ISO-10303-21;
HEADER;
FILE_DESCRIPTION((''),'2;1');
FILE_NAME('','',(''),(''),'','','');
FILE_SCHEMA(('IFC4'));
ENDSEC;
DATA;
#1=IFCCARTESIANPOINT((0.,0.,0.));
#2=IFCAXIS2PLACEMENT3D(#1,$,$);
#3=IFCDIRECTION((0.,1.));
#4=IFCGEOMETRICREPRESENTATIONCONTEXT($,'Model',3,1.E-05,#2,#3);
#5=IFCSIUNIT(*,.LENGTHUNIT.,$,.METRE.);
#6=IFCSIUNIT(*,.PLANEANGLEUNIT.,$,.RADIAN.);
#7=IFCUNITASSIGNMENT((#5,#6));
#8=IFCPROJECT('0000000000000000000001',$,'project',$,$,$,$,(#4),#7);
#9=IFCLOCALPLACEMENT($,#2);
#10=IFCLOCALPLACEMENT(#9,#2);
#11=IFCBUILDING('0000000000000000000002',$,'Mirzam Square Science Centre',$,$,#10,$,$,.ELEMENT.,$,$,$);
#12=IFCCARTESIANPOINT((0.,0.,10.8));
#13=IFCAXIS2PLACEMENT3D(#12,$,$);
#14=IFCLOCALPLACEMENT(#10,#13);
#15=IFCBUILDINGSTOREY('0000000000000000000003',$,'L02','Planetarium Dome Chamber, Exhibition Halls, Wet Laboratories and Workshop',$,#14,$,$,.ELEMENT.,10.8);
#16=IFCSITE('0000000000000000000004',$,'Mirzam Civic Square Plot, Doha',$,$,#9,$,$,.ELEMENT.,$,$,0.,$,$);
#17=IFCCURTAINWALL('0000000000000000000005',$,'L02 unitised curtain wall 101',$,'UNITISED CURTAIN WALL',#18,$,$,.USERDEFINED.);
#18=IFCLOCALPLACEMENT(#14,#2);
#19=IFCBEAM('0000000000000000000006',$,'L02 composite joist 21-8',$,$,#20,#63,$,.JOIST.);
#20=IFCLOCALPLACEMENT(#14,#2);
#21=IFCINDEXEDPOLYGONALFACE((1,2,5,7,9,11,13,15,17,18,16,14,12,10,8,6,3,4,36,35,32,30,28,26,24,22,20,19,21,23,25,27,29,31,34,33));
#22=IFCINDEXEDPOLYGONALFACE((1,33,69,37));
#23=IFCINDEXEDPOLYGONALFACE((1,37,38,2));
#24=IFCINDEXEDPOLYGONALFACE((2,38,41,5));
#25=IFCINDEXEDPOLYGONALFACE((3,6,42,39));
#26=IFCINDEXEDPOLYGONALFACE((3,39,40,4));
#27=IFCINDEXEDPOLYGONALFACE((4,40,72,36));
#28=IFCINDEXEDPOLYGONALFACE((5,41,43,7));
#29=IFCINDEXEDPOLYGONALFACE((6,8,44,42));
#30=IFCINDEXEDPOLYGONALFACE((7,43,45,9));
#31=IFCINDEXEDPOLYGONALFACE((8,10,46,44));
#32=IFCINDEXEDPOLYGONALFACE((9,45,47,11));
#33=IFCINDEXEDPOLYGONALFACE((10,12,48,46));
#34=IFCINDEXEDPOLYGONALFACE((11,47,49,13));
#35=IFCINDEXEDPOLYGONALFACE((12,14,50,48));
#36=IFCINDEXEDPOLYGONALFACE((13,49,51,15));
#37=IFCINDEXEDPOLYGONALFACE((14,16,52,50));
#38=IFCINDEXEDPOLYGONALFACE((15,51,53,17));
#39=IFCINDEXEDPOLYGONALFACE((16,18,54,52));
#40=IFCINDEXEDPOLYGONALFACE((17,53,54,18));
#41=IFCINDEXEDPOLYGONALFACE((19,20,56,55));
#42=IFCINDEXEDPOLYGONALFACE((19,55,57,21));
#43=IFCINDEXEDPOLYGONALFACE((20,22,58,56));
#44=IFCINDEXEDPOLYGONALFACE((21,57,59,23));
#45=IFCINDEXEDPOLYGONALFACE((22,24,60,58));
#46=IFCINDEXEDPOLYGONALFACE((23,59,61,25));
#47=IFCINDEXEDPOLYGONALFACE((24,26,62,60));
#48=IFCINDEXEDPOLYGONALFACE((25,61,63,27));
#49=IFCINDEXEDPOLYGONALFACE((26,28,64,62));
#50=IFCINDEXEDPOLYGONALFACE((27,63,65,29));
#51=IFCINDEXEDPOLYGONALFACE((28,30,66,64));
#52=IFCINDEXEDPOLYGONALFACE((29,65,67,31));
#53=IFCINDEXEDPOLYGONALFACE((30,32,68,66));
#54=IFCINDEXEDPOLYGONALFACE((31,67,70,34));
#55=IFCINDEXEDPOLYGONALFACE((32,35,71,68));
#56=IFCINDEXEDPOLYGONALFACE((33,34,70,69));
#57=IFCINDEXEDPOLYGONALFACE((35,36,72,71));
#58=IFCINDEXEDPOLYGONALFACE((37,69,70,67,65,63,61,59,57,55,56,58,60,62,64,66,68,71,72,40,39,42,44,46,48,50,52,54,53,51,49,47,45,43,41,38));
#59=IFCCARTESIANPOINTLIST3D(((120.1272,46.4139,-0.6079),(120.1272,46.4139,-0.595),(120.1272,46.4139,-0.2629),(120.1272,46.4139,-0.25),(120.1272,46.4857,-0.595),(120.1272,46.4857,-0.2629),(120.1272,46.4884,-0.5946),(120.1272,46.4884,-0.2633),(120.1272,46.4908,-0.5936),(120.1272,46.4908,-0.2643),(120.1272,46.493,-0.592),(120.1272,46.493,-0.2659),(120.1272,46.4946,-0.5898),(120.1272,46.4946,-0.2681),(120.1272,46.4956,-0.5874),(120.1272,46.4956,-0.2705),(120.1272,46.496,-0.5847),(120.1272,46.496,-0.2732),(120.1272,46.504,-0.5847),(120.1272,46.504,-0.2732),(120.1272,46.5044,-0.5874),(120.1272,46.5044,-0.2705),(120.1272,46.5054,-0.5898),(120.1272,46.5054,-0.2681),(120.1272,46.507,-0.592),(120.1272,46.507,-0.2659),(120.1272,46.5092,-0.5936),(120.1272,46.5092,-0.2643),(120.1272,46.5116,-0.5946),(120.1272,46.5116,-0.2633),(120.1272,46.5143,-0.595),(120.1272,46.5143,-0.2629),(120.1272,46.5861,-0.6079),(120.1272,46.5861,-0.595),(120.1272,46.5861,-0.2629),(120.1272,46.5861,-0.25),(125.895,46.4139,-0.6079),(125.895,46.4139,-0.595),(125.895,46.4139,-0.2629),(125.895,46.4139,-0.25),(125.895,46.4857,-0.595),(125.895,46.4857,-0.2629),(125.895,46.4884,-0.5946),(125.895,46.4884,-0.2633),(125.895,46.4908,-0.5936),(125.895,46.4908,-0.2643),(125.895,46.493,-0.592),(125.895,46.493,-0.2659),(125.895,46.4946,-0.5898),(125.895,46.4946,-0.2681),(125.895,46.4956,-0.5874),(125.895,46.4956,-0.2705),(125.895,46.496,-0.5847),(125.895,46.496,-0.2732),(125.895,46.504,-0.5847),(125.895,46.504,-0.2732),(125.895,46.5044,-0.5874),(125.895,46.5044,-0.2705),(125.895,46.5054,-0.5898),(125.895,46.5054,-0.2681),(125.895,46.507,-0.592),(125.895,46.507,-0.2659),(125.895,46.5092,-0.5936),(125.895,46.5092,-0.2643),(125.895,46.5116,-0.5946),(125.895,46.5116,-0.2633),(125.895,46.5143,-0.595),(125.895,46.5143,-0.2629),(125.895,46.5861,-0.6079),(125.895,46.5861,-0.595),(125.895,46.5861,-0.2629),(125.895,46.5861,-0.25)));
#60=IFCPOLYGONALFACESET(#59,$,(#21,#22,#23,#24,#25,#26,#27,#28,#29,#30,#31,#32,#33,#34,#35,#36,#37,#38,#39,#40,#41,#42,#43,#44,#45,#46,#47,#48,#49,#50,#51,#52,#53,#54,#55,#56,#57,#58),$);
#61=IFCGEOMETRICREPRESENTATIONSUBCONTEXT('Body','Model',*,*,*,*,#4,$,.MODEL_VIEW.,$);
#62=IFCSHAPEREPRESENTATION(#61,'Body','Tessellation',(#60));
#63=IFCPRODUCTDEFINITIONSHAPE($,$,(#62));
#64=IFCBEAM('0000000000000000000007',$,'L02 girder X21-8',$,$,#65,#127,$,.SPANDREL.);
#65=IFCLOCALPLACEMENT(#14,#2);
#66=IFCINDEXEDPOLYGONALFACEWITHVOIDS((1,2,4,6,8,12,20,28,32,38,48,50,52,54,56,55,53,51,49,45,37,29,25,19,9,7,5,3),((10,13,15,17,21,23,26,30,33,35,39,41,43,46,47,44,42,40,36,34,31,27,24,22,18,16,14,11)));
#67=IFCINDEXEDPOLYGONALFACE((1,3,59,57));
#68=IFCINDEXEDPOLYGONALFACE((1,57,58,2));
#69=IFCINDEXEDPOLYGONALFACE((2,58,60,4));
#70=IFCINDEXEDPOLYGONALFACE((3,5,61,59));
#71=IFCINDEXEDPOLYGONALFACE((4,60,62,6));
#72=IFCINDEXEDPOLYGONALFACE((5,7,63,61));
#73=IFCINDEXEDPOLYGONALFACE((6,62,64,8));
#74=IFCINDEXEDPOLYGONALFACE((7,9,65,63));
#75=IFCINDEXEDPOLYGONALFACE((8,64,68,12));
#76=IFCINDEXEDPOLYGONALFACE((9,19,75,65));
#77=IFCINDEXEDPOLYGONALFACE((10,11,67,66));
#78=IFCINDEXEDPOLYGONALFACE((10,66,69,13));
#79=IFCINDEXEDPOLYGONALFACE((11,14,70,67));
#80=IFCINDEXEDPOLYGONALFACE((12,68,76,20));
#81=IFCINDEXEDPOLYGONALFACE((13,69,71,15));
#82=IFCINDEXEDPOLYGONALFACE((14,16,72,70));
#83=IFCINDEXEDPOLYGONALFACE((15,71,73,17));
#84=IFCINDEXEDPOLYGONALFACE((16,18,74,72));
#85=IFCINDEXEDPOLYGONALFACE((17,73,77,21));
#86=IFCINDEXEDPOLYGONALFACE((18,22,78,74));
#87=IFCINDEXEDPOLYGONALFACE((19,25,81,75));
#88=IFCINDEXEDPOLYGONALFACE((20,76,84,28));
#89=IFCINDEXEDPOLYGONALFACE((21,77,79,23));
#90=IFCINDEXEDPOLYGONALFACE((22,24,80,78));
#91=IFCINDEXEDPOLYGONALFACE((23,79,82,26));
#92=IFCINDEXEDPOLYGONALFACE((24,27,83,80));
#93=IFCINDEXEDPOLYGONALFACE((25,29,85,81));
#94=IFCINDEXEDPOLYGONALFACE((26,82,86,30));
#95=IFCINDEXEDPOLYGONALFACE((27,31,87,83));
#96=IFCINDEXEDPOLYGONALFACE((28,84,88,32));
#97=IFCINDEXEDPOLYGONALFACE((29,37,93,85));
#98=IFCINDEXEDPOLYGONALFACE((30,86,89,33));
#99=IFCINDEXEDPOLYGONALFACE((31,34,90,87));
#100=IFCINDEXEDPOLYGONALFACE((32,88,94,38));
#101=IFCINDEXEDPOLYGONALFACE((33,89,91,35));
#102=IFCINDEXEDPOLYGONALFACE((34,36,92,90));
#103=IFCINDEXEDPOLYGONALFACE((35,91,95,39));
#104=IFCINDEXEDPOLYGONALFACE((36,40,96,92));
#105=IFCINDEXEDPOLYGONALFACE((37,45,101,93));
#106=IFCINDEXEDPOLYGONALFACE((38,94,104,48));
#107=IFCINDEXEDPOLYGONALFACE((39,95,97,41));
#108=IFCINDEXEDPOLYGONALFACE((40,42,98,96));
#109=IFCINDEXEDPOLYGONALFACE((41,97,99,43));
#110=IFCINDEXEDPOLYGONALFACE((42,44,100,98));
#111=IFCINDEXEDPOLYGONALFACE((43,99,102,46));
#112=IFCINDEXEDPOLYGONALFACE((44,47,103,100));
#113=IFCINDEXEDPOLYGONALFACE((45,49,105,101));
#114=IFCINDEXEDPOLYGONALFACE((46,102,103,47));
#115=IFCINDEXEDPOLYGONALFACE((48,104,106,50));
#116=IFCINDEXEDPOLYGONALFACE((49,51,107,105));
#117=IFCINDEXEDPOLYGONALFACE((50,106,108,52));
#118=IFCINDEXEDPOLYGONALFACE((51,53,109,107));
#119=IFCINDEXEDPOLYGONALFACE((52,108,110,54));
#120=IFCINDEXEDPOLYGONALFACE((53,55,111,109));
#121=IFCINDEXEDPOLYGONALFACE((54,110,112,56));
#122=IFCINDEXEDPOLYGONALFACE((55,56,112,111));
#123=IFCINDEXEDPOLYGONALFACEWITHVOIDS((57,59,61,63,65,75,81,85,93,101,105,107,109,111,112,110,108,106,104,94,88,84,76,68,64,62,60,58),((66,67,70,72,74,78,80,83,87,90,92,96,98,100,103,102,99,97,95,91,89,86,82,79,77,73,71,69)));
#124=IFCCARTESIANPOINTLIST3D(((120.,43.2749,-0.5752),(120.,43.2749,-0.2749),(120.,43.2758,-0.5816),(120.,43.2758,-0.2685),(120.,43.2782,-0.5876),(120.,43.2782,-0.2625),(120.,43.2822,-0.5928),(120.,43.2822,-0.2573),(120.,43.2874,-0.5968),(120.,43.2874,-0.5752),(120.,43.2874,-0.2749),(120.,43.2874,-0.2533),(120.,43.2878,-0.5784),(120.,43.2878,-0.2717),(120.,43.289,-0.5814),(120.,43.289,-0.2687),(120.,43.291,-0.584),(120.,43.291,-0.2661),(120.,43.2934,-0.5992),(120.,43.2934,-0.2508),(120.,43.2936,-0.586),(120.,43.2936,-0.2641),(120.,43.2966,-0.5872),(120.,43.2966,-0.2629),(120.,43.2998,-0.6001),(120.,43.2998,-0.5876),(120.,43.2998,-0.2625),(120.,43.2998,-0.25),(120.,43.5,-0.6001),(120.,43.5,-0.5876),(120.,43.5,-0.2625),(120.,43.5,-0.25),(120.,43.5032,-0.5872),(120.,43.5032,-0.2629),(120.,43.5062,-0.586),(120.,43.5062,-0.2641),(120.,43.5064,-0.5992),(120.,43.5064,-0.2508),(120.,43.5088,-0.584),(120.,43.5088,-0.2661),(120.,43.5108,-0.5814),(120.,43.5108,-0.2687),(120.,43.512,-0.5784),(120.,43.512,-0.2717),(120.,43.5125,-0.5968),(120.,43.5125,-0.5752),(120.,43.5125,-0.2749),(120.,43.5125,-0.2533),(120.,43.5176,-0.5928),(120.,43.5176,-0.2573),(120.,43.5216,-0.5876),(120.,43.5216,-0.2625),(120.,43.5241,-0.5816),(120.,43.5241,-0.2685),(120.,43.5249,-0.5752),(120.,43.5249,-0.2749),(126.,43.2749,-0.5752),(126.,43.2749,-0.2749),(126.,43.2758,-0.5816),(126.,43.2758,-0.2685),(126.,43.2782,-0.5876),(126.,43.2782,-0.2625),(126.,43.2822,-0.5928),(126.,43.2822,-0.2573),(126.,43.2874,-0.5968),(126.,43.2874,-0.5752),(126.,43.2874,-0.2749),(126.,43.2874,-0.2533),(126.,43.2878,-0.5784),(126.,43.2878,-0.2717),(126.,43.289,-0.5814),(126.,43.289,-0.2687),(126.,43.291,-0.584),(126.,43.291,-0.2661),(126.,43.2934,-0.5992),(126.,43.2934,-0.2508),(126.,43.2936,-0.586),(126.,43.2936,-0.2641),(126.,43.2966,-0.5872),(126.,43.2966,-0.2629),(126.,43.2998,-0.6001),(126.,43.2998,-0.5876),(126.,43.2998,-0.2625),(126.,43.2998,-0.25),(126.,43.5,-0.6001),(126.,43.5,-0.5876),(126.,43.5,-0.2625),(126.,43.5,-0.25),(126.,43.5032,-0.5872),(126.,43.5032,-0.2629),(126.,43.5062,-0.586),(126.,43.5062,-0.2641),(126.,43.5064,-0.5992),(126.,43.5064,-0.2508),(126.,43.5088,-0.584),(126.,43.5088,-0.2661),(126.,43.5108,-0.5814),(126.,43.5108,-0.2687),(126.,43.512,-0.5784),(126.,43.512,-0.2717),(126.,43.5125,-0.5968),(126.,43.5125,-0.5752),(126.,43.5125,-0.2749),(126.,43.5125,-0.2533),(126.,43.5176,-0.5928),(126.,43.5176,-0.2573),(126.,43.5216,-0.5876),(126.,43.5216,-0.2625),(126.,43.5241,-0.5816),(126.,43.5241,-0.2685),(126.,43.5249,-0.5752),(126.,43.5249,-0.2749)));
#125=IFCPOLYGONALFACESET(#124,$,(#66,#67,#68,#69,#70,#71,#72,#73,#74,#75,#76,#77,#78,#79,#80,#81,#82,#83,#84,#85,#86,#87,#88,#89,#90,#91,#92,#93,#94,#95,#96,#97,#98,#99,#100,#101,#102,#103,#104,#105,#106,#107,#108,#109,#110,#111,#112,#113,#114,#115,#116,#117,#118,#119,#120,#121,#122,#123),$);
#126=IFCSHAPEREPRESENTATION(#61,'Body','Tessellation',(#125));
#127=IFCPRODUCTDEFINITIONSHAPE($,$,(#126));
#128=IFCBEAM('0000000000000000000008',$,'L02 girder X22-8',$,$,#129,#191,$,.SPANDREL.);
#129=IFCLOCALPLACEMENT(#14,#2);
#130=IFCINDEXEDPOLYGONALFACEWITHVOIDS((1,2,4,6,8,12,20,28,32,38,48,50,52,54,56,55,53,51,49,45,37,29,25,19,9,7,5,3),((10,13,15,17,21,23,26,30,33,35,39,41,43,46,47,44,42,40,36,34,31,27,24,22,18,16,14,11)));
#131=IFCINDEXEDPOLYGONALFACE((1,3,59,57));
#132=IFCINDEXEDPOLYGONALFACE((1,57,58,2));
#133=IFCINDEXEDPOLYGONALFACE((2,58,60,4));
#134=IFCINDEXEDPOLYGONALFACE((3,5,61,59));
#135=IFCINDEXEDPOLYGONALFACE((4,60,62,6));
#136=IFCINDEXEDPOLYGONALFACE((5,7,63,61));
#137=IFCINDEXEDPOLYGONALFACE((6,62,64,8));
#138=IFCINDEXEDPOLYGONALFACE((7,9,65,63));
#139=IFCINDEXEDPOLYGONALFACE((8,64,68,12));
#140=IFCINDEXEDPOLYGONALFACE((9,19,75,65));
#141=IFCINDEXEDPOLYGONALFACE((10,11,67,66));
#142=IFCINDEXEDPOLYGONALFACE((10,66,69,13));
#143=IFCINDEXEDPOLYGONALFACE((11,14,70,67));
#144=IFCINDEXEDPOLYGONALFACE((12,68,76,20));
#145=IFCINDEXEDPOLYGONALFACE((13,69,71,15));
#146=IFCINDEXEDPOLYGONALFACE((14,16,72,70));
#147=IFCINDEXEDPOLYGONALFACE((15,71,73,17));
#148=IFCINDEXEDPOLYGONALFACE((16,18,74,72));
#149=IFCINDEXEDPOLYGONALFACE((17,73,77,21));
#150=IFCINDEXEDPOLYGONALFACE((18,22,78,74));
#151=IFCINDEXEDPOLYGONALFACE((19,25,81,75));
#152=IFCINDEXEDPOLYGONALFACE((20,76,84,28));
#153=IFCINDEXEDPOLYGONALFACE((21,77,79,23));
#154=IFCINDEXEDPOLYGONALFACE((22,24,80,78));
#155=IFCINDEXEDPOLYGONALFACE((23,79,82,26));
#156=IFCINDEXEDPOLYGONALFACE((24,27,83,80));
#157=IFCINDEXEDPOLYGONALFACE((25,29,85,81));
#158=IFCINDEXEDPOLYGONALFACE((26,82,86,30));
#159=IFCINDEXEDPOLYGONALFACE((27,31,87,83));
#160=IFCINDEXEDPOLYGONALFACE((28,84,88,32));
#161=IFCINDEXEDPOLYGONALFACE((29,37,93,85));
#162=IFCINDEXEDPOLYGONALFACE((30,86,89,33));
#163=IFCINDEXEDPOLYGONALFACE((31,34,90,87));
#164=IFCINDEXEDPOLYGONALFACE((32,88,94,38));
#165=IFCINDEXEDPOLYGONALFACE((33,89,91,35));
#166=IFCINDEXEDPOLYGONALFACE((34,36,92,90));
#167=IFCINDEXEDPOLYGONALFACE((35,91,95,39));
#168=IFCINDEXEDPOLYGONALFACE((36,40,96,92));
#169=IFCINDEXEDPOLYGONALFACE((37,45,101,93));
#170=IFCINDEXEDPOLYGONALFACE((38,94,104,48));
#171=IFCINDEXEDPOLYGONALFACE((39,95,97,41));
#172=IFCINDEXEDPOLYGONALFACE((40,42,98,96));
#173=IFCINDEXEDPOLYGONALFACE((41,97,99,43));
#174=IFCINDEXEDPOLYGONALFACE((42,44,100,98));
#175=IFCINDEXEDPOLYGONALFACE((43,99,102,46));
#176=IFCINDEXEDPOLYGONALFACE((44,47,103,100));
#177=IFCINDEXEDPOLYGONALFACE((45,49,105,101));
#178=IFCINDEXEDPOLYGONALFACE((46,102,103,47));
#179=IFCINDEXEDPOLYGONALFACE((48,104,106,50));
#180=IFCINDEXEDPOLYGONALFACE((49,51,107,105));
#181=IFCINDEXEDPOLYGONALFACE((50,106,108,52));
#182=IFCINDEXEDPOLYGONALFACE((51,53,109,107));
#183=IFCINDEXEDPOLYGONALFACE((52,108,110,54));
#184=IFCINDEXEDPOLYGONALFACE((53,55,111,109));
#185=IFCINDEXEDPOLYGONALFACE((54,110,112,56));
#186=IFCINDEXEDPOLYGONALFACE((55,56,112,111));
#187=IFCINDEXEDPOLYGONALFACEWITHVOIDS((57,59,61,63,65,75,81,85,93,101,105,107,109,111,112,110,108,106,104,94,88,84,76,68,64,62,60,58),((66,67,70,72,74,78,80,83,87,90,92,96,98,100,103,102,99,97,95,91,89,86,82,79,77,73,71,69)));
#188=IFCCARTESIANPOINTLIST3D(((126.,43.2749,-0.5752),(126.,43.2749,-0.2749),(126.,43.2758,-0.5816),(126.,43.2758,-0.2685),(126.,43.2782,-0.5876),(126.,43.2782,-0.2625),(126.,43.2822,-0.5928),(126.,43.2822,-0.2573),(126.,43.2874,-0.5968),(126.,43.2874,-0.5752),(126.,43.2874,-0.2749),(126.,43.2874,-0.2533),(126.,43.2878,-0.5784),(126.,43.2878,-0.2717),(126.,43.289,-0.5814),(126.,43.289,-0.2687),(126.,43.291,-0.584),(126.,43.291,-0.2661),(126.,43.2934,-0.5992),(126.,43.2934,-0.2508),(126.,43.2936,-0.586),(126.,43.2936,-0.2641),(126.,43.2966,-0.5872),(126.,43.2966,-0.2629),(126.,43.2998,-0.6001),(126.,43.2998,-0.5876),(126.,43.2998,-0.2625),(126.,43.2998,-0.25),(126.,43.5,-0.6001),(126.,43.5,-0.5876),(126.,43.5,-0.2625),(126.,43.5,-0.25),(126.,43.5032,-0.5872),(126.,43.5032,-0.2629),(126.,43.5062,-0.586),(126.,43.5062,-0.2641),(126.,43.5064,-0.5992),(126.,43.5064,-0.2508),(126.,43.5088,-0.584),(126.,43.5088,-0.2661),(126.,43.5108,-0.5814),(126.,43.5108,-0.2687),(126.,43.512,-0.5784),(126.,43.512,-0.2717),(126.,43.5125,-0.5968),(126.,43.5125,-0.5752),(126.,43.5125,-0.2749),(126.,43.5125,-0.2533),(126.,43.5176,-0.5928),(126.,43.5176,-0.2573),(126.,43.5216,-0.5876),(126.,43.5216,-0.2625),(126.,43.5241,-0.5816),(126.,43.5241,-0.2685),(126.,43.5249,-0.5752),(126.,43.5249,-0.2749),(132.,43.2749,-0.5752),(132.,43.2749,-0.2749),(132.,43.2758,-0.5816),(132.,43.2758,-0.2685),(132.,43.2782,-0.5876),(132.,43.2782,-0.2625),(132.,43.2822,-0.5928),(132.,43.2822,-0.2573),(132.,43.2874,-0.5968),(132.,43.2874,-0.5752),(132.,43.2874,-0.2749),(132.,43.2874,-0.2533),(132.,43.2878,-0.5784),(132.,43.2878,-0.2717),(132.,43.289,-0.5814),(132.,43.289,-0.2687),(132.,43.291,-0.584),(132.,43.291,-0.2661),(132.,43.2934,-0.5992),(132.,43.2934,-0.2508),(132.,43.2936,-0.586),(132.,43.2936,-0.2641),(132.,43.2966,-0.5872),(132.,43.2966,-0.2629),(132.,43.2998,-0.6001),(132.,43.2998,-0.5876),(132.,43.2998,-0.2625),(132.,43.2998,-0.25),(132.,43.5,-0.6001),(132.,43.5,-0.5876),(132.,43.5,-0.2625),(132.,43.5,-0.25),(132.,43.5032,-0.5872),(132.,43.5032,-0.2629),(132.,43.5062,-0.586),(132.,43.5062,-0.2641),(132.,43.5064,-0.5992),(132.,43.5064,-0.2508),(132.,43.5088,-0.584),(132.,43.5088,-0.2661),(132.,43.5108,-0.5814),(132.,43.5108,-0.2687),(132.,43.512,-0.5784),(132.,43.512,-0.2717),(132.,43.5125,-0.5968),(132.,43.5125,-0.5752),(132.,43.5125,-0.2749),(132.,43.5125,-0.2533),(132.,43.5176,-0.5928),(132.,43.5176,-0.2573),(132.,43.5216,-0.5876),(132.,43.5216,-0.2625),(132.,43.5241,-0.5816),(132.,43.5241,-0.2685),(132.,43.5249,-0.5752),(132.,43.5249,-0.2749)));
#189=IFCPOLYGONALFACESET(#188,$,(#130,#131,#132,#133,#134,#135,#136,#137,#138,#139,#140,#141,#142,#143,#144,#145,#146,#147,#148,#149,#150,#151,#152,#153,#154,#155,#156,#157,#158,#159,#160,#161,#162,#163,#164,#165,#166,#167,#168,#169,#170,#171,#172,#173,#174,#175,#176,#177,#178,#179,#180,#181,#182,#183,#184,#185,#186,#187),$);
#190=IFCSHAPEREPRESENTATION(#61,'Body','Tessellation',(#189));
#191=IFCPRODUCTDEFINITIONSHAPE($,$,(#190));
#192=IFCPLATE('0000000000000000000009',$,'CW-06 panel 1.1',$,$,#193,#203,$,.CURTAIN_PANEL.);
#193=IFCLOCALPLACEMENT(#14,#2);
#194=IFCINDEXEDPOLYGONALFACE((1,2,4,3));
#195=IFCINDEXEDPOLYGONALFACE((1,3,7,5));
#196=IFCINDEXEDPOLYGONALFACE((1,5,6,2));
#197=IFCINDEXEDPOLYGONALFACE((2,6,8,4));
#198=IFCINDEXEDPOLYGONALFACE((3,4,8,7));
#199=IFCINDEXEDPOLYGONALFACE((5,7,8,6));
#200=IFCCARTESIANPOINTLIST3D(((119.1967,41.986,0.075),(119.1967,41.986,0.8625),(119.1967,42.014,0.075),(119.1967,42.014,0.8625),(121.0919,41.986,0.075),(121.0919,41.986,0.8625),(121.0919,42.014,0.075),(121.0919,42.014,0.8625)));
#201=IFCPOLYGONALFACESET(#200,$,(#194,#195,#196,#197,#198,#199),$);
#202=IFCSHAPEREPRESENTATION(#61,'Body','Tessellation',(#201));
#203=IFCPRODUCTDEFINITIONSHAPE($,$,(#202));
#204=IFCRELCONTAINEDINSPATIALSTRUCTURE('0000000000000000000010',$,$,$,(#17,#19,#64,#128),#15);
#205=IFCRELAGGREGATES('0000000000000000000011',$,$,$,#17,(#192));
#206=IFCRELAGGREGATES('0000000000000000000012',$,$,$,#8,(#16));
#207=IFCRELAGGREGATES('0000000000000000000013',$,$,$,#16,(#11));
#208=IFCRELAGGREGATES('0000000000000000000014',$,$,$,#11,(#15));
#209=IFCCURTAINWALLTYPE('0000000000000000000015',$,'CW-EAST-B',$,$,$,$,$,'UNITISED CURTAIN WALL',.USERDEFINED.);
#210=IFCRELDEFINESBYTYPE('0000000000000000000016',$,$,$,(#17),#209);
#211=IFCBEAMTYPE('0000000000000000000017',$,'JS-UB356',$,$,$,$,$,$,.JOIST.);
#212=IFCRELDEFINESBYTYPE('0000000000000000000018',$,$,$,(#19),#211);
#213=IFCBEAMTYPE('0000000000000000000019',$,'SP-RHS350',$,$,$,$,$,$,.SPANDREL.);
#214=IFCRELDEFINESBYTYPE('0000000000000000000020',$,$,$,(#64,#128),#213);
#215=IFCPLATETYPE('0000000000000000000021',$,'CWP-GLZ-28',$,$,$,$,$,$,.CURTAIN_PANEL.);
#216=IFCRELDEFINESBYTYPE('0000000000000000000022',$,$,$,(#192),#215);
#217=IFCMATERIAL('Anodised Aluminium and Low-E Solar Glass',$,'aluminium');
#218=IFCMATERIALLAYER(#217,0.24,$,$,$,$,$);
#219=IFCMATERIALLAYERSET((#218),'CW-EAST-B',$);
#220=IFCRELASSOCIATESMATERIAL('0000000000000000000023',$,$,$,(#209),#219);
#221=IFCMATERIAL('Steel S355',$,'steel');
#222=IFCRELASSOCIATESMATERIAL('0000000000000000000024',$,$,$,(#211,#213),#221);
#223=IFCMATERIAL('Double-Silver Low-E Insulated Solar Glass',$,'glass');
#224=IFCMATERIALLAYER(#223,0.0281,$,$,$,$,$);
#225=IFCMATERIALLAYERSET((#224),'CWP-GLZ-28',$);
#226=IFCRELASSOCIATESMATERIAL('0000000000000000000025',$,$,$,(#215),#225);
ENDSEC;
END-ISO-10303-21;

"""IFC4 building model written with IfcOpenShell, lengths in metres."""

from ifc_helpers import new_model, si_unit, direction, frame, origin, origin_2d, place, context, subcontext, project, spatial, rectangle, hollow_rectangle, i_section, extrude, material, layer, layer_set, material_profile, profile_set, type_object, element, aggregate, save


model = new_model("IFC4")

# Units and contexts
model_context = context("Model", 3, precision=1e-05, world=origin(), true_north=direction((0.0, 1.0)))
body_context = subcontext(model_context, "Body", "Model", "MODEL_VIEW")
ifc_project = project(units=[si_unit("LENGTHUNIT", "METRE"), si_unit("PLANEANGLEUNIT", "RADIAN")], contexts=[model_context])

# Site, building, storey
site_placement = place(None, origin())
site = spatial("IfcSite", under=ifc_project, at=site_placement, Name="Mirzam Civic Square Plot, Doha", CompositionType="ELEMENT", RefElevation=0.0)
building_placement = place(site_placement, origin())
building = spatial("IfcBuilding", under=site, at=building_placement, Name="Mirzam Square Science Centre", CompositionType="ELEMENT")
storey_placement = place(building_placement, frame((0.0, 0.0, 10.8)))
storey = spatial("IfcBuildingStorey", under=building, at=storey_placement, Name="L02", Description="Planetarium Dome Chamber, Exhibition Halls, Wet Laboratories and Workshop", CompositionType="ELEMENT", Elevation=10.8)

# Shared definitions
ifc_material_1 = material(Name="Steel S355", Category="steel")

# Shared definitions
ifc_material_2 = material(Name="Anodised Aluminium and Low-E Solar Glass", Category="aluminium")

# Curtain wall
ifc_layer_1 = layer(ifc_material_2, 0.24)
ifc_layer_set_1 = layer_set([ifc_layer_1], Name="CW-EAST-B")
curtain_wall_type_1 = type_object("IfcCurtainWallType", Name="CW-EAST-B", ElementType="UNITISED CURTAIN WALL", PredefinedType="USERDEFINED", material=ifc_layer_set_1)
curtain_wall_1_placement = place(storey_placement, origin())
curtain_wall_1 = element("IfcCurtainWall", 1, at=curtain_wall_1_placement, inside=storey, type_object=curtain_wall_type_1, Name="L02 unitised curtain wall 101", ObjectType="UNITISED CURTAIN WALL", PredefinedType="USERDEFINED")

# Beams
ifc_material_profile_1 = material_profile(ifc_material_1, i_section(OverallWidth=0.1721, OverallDepth=0.3579, WebThickness=0.0081, FlangeThickness=0.0129, FilletRadius=0.0103, at=origin_2d()), Name="356x171x57UB")
ifc_profile_set_1 = profile_set([ifc_material_profile_1], Name="Steel S355")
beam_type_1 = type_object("IfcBeamType", Name="JS-UB356", PredefinedType="JOIST", material=ifc_profile_set_1)
beam_1_placement = place(storey_placement, frame((120.1272, 46.5, -0.429), z_axis=(1.0, 0.0, 0.0), x_axis=(0.0, 1.0, 0.0)))
element("IfcBeam", 2, at=beam_1_placement, inside=storey, type_object=beam_type_1, Name="L02 composite joist 21-8", PredefinedType="JOIST", context=body_context, shape_type="SweptSolid", body=[
    extrude(i_section(OverallWidth=0.1721, OverallDepth=0.3579, WebThickness=0.0081, FlangeThickness=0.0129, FilletRadius=0.0103, at=origin_2d()), origin(), (0.0, 0.0, 1.0), 5.7678),
])
ifc_material_profile_2 = material_profile(ifc_material_1, hollow_rectangle(XDim=0.25, YDim=0.3501, WallThickness=0.0125, InnerFilletRadius=0.0125, OuterFilletRadius=0.0249, at=origin_2d()), Name="350x250x12.5RHS")
ifc_profile_set_2 = profile_set([ifc_material_profile_2], Name="Steel S355")
beam_type_2 = type_object("IfcBeamType", Name="SP-RHS350", PredefinedType="SPANDREL", material=ifc_profile_set_2)
for number, where, z_axis, x_axis, name in (
    (3, (120.0, 43.3999, -0.425), (1.0, 0.0, 0.0), (0.0, 1.0, 0.0), "L02 girder X21-8"),
    (4, (126.0, 43.3999, -0.425), (1.0, 0.0, 0.0), (0.0, 1.0, 0.0), "L02 girder X22-8"),
):
    element("IfcBeam", number, at=place(storey_placement, frame(where, z_axis=z_axis, x_axis=x_axis)), inside=storey, type_object=beam_type_2, Name=name, PredefinedType="SPANDREL", context=body_context, shape_type="SweptSolid", body=[
        extrude(hollow_rectangle(XDim=0.25, YDim=0.3501, WallThickness=0.0125, InnerFilletRadius=0.0125, OuterFilletRadius=0.0249, at=origin_2d()), origin(), (0.0, 0.0, 1.0), 6.0),
    ])

# Plate
ifc_material_3 = material(Name="Double-Silver Low-E Insulated Solar Glass", Category="glass")
ifc_layer_2 = layer(ifc_material_3, 0.0281)
ifc_layer_set_2 = layer_set([ifc_layer_2], Name="CWP-GLZ-28")
plate_type = type_object("IfcPlateType", Name="CWP-GLZ-28", PredefinedType="CURTAIN_PANEL", material=ifc_layer_set_2)
plate_1_placement = place(storey_placement, frame((120.1443, 42.0, 0.075), z_axis=(0.0, 0.0, 1.0), x_axis=(1.0, 0.0, 0.0)))
plate_1 = element("IfcPlate", 5, at=plate_1_placement, type_object=plate_type, Name="CW-06 panel 1.1", PredefinedType="CURTAIN_PANEL", context=body_context, shape_type="SweptSolid", body=[
    extrude(rectangle(XDim=1.8953, YDim=0.0281, at=origin_2d()), origin(), (0.0, 0.0, 1.0), 0.7876),
])
aggregate(curtain_wall_1, [plate_1])

save(model, "model.ifc")
